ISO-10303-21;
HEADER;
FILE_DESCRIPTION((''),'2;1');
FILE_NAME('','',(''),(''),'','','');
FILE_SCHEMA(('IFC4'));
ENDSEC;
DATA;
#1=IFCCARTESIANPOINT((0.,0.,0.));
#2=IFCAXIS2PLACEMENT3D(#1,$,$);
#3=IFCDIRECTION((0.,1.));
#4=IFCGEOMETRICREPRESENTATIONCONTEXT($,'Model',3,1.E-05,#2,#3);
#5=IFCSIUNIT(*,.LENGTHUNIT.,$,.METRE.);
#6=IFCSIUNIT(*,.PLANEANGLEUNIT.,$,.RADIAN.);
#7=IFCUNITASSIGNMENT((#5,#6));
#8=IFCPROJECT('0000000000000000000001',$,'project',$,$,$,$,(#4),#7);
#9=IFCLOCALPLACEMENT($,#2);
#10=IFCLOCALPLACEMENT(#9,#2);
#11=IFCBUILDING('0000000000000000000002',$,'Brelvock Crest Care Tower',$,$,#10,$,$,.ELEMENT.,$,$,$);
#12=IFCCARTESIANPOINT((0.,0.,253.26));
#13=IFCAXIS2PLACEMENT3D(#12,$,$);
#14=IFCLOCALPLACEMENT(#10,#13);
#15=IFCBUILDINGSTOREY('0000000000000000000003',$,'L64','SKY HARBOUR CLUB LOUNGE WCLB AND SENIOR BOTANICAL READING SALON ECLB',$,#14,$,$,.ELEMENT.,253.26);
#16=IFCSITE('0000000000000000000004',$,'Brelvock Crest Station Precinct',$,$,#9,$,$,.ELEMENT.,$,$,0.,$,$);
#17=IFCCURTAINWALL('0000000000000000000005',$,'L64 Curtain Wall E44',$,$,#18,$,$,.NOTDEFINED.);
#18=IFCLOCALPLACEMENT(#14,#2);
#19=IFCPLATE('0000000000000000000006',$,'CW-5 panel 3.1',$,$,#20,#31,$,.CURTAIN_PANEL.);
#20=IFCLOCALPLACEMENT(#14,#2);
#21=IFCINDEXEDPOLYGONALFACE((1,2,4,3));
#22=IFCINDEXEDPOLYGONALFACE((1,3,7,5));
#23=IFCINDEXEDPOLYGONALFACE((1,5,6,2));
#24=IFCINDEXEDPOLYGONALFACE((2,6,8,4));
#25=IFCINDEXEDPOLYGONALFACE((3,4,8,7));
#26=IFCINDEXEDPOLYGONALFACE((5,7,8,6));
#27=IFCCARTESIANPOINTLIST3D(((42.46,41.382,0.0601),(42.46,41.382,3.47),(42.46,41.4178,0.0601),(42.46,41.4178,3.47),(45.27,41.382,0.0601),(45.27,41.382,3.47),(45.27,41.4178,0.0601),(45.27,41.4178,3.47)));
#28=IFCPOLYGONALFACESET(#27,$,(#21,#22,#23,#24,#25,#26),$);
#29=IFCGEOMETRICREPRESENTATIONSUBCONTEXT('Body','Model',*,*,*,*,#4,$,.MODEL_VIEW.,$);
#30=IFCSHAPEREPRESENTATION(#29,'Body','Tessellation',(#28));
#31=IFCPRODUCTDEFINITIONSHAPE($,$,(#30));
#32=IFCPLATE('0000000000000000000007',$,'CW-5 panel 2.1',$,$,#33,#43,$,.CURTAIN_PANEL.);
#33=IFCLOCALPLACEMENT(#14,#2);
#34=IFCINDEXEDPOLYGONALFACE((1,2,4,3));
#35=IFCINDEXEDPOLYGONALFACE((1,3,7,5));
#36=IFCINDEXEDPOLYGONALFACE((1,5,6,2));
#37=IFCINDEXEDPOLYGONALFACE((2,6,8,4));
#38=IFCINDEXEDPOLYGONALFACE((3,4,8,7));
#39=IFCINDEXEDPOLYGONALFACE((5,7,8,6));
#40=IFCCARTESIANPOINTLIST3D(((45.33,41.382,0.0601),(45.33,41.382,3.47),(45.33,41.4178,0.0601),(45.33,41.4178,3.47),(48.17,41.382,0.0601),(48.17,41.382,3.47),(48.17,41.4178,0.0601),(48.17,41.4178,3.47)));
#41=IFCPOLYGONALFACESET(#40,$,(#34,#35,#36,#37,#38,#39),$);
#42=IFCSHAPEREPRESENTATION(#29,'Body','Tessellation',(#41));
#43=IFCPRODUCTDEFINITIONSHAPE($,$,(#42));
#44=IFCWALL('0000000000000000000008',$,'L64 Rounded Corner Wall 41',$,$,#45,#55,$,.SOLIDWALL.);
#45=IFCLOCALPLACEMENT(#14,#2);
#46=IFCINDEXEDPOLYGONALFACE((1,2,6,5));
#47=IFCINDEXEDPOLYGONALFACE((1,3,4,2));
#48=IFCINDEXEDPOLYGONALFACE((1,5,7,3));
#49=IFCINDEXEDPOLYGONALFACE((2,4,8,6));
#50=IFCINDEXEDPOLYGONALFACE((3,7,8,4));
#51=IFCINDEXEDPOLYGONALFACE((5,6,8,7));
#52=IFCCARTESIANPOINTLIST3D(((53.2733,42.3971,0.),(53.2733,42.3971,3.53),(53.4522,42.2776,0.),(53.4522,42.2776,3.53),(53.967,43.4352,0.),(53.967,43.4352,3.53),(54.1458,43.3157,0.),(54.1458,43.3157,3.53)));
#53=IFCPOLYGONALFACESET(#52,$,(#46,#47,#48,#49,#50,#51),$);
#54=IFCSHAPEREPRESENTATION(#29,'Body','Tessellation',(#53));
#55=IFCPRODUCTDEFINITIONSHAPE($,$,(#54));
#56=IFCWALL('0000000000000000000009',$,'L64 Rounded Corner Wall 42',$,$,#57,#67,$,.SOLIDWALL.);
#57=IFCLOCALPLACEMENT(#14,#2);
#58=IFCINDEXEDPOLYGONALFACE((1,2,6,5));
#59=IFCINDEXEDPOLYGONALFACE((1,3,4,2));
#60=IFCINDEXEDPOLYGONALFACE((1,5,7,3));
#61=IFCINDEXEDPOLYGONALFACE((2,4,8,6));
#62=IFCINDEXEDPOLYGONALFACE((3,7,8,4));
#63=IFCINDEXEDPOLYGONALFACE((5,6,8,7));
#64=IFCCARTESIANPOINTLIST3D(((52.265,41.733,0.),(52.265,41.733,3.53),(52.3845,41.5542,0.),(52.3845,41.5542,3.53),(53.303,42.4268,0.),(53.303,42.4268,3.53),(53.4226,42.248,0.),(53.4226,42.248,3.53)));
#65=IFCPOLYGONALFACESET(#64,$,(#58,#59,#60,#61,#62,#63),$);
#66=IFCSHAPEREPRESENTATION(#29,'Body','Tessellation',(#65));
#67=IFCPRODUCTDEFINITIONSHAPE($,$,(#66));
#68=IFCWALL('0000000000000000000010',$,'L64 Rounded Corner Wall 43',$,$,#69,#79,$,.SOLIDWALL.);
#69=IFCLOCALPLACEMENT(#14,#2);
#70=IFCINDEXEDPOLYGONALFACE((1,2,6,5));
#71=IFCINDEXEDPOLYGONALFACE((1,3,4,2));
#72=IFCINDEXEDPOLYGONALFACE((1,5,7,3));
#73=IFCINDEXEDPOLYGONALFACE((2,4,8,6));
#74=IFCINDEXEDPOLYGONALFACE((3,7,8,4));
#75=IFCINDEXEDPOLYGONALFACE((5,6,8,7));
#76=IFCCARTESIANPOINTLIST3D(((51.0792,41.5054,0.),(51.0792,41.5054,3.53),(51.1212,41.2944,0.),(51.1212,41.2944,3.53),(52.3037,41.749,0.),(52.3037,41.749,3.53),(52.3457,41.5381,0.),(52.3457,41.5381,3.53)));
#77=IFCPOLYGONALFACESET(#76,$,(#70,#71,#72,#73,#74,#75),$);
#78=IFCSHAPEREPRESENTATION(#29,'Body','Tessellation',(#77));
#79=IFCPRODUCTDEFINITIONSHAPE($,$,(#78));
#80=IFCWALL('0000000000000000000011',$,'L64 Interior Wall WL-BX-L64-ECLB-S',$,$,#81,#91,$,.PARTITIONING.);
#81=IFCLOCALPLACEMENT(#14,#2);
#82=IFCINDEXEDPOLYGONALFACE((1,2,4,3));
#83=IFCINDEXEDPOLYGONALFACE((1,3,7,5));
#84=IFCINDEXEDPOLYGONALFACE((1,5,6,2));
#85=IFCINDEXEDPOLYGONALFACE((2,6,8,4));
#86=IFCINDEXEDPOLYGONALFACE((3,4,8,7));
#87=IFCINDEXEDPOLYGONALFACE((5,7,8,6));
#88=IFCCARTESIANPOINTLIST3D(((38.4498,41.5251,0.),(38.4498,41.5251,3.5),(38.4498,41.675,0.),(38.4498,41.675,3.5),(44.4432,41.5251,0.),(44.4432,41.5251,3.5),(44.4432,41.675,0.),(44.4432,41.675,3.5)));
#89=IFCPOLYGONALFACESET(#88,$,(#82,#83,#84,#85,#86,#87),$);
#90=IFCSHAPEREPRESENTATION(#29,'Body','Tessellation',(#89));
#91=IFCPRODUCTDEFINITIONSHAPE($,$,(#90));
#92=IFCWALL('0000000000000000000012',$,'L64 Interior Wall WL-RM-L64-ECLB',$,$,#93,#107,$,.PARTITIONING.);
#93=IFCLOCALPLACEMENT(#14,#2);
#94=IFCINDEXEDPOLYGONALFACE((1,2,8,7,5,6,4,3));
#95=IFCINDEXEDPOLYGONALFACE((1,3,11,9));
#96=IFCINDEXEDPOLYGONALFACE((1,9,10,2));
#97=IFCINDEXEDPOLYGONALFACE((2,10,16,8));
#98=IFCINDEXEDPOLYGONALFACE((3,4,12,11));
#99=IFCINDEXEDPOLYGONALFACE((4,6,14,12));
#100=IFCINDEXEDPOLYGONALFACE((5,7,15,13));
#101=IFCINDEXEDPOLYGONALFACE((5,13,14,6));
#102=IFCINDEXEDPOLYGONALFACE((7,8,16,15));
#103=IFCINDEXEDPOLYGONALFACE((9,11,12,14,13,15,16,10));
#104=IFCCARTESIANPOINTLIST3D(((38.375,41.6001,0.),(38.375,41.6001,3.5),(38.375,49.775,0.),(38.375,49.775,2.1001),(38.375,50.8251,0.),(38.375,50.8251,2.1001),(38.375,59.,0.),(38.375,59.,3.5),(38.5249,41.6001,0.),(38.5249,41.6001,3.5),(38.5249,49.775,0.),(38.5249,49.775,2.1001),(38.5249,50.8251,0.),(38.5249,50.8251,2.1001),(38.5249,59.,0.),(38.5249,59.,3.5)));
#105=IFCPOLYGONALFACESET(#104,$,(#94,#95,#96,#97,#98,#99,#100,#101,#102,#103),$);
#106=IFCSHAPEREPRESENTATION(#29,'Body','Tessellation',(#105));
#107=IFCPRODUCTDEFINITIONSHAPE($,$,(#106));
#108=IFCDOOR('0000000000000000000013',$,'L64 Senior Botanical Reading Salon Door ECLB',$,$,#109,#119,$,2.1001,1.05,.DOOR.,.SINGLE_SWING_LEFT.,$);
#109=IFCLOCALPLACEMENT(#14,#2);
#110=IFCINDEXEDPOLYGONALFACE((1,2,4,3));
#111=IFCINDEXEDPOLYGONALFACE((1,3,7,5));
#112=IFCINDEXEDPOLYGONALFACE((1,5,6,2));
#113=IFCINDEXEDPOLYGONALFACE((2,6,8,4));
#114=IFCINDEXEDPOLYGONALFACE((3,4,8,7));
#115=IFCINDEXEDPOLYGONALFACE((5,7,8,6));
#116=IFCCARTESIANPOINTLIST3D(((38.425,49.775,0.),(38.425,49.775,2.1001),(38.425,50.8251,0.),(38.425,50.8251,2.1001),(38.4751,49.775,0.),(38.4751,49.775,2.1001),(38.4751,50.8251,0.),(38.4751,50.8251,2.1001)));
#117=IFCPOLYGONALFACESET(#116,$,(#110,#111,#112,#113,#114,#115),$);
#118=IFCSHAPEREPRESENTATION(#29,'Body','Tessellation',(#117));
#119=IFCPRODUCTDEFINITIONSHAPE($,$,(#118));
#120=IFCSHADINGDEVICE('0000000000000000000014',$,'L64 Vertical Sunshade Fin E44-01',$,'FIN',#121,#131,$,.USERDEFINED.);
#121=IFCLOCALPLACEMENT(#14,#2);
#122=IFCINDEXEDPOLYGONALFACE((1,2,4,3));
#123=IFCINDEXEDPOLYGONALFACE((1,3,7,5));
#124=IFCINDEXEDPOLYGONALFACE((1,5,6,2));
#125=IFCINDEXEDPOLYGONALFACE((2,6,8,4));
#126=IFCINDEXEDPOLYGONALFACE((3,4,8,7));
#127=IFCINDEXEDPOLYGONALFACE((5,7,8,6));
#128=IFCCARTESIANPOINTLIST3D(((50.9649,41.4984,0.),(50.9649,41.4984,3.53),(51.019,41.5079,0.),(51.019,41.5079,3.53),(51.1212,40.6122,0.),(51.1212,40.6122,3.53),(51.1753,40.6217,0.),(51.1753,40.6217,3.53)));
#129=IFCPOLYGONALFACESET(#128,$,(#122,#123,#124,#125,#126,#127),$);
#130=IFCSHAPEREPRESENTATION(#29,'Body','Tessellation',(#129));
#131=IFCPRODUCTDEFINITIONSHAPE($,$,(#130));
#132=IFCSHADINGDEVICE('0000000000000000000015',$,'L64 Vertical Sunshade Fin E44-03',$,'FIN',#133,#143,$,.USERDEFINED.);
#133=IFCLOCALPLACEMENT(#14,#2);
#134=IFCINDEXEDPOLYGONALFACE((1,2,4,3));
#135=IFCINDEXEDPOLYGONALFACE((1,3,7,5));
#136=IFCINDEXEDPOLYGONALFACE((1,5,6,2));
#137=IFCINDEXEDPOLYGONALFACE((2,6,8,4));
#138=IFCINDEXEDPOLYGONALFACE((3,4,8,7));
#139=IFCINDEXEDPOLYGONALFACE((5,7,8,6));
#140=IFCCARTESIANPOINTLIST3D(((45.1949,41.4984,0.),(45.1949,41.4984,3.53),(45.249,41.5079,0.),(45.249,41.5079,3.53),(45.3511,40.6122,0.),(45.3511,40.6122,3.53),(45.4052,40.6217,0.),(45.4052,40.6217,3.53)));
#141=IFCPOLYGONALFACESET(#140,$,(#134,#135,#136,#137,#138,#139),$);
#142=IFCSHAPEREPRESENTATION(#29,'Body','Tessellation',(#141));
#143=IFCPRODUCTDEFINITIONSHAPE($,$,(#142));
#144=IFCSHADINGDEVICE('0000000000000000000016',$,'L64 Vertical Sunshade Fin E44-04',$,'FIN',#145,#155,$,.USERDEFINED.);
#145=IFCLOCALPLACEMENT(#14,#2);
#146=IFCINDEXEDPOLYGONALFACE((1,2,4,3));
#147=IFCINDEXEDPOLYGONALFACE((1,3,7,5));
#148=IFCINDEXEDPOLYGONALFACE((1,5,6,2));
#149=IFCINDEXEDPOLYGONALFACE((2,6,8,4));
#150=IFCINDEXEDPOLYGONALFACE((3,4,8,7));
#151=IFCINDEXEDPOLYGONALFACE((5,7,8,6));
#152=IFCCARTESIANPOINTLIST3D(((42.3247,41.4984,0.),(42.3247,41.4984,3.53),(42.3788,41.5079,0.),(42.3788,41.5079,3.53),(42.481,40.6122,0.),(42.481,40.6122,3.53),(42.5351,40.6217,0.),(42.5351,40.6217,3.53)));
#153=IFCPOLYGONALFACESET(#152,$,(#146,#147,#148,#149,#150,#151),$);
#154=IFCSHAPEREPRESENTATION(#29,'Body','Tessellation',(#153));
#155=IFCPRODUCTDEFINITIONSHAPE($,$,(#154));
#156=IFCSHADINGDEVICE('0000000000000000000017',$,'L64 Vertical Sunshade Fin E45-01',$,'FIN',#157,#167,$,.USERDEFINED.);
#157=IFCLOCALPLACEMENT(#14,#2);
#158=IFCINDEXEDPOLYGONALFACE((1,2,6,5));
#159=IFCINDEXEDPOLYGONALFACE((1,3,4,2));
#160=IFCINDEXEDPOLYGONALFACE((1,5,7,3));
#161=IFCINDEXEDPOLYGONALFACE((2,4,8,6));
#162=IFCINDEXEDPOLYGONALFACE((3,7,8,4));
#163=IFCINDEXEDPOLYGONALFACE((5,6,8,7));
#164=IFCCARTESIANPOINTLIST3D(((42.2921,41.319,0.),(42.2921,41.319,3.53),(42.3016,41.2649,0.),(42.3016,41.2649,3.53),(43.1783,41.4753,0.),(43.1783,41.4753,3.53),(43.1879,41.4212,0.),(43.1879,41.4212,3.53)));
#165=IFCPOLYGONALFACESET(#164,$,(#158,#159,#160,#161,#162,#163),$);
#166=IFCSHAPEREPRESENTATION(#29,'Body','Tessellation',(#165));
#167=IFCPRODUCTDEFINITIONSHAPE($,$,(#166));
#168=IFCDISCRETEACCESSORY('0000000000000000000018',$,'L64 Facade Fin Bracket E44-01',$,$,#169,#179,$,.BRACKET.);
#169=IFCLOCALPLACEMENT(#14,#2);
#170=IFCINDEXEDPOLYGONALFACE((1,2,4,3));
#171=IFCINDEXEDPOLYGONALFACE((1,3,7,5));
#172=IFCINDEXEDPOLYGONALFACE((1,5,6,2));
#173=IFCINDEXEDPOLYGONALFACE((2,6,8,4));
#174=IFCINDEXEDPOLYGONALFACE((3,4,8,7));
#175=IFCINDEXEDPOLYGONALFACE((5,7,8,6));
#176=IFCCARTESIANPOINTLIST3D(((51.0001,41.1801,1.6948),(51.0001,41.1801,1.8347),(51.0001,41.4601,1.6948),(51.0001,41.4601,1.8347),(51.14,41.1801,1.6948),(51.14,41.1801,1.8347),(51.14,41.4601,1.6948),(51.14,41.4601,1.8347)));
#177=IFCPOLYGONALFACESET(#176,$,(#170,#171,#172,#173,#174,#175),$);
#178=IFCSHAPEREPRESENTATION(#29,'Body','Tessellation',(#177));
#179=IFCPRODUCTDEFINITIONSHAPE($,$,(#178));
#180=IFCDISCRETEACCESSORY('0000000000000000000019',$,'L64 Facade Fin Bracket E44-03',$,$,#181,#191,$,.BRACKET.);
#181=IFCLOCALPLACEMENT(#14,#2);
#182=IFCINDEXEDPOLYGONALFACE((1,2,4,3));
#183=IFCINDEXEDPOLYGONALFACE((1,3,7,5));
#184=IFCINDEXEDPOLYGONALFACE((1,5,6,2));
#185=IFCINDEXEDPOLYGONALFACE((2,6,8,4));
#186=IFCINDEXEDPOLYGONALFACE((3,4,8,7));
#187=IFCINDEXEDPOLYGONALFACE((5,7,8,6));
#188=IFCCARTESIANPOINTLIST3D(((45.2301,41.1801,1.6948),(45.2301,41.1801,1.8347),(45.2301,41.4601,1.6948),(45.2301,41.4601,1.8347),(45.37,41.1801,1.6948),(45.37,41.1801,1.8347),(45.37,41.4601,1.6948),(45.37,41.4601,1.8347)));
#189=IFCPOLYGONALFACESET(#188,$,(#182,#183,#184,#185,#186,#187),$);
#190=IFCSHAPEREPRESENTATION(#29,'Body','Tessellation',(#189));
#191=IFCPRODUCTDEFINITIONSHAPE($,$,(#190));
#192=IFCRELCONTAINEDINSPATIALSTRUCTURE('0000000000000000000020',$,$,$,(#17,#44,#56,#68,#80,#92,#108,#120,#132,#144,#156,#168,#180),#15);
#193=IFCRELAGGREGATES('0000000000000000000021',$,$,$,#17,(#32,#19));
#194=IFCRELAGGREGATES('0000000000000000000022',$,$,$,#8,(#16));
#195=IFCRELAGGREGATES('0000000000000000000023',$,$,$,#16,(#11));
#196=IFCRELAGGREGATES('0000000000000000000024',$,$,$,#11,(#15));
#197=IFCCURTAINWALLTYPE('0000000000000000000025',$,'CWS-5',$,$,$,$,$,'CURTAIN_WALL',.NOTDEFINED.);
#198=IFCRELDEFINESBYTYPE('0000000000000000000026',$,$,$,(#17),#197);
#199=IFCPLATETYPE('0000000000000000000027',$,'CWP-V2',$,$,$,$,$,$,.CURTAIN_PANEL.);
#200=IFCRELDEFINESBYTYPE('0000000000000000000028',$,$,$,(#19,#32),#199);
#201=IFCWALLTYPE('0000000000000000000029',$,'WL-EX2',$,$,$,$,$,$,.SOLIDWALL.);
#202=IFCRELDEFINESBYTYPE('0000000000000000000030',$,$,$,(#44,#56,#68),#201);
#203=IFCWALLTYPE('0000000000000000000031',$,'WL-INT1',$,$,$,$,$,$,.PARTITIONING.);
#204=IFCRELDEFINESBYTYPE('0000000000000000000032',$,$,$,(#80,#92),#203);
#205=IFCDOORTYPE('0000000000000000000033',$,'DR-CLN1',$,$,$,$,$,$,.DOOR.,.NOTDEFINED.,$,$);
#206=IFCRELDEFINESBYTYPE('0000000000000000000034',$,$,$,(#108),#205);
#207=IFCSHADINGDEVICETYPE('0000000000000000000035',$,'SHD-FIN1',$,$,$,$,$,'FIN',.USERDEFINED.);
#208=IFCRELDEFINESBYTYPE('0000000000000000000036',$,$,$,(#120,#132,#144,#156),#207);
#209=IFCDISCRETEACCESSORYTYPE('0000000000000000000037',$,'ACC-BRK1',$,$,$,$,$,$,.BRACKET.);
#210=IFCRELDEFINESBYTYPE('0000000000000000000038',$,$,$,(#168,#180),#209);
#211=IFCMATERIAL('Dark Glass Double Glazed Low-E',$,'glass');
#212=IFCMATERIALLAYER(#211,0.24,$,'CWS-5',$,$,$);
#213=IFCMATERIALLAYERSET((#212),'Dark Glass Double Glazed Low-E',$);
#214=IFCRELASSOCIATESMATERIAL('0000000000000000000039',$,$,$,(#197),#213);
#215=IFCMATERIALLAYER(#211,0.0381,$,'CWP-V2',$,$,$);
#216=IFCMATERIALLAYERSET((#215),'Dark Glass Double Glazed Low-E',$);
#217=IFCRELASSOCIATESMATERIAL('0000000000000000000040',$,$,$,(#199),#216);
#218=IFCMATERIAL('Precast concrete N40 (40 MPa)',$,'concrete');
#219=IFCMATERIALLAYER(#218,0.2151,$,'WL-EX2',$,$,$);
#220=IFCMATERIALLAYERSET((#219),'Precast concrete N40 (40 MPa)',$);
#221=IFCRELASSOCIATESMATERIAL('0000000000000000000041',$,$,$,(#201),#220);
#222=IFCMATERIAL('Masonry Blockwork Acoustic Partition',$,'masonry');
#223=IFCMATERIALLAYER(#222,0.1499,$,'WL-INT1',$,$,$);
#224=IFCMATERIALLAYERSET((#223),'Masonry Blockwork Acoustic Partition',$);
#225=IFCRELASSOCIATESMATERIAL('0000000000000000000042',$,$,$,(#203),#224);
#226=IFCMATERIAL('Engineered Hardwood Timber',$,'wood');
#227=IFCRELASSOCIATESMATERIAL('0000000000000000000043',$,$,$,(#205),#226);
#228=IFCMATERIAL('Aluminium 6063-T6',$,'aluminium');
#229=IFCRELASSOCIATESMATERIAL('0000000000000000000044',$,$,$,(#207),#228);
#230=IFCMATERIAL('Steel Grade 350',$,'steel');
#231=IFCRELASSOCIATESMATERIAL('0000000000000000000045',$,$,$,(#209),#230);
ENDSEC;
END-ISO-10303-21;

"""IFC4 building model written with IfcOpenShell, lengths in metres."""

from ifc_helpers import new_model, si_unit, direction, frame, frame_2d, origin, origin_2d, place, context, subcontext, project, spatial, rectangle, extrude, source, transform, mapped, material, layer, layer_set, material_profile, profile_set, type_object, element, fill, aggregate, save


model = new_model("IFC4")

# Units and contexts
model_context = context("Model", 3, precision=1e-05, world=origin(), true_north=direction((0.0, 1.0)))
body_context = subcontext(model_context, "Body", "Model", "MODEL_VIEW")
ifc_project = project(units=[si_unit("LENGTHUNIT", "METRE"), si_unit("PLANEANGLEUNIT", "RADIAN")], contexts=[model_context])

# Site, building, storey
site_placement = place(None, origin())
site = spatial("IfcSite", under=ifc_project, at=site_placement, Name="Brelvock Crest Station Precinct", CompositionType="ELEMENT", RefElevation=0.0)
building_placement = place(site_placement, origin())
building = spatial("IfcBuilding", under=site, at=building_placement, Name="Brelvock Crest Care Tower", CompositionType="ELEMENT")
storey_placement = place(building_placement, frame((0.0, 0.0, 253.26)))
storey = spatial("IfcBuildingStorey", under=building, at=storey_placement, Name="L64", Description="SKY HARBOUR CLUB LOUNGE WCLB AND SENIOR BOTANICAL READING SALON ECLB", CompositionType="ELEMENT", Elevation=253.26)

# Shared definitions
ifc_material_1 = material(Name="Steel Grade 350", Category="steel")

# Curtain wall
ifc_material_2 = material(Name="Dark Glass Double Glazed Low-E", Category="glass")
ifc_layer_1 = layer(ifc_material_2, 0.24, Name="CWS-5")
ifc_layer_set_1 = layer_set([ifc_layer_1], Name="Dark Glass Double Glazed Low-E")
curtain_wall_type = type_object("IfcCurtainWallType", Name="CWS-5", ElementType="CURTAIN_WALL", PredefinedType="NOTDEFINED", material=ifc_layer_set_1)
curtain_wall_1_placement = place(storey_placement, origin())
curtain_wall_1 = element("IfcCurtainWall", 1, at=curtain_wall_1_placement, inside=storey, type_object=curtain_wall_type, Name="L64 Curtain Wall E44", PredefinedType="NOTDEFINED")
ifc_material_3 = material(Name="Aluminium 6063-T6", Category="aluminium")

# Plates
ifc_layer_2 = layer(ifc_material_2, 0.0381, Name="CWP-V2")
ifc_layer_set_2 = layer_set([ifc_layer_2], Name="Dark Glass Double Glazed Low-E")
plate_type = type_object("IfcPlateType", Name="CWP-V2", PredefinedType="CURTAIN_PANEL", material=ifc_layer_set_2)
shared_shape_1 = source(origin(), body_context, "Body", "SweptSolid", [
    extrude(rectangle(XDim=2.8101, YDim=0.0359, at=origin_2d()), origin(), (0.0, 0.0, 1.0), 3.4099),
])
plate_1_placement = place(storey_placement, frame((43.865, 41.3999, 0.0601), z_axis=(0.0, 0.0, 1.0), x_axis=(-1.0, 0.0, 0.0)))
plate_1 = element("IfcPlate", 2, at=plate_1_placement, type_object=plate_type, Name="CW-5 panel 3.1", PredefinedType="CURTAIN_PANEL", context=body_context, shape_type="MappedRepresentation", body=[
    mapped(shared_shape_1, transform((0.0, 0.0, 0.0), x_axis=(1.0, 0.0, 0.0), y_axis=(0.0, 1.0, 0.0), z_axis=(0.0, 0.0, 1.0), scale=1.0)),
])
shared_shape_2 = source(origin(), body_context, "Body", "SweptSolid", [
    extrude(rectangle(XDim=2.8401, YDim=0.0359, at=origin_2d()), origin(), (0.0, 0.0, 1.0), 3.4099),
])
plate_2_placement = place(storey_placement, frame((46.75, 41.3999, 0.0601), z_axis=(0.0, 0.0, 1.0), x_axis=(-1.0, 0.0, 0.0)))
plate_2 = element("IfcPlate", 3, at=plate_2_placement, type_object=plate_type, Name="CW-5 panel 2.1", PredefinedType="CURTAIN_PANEL", context=body_context, shape_type="MappedRepresentation", body=[
    mapped(shared_shape_2, transform((0.0, 0.0, 0.0), x_axis=(1.0, 0.0, 0.0), y_axis=(0.0, 1.0, 0.0), z_axis=(0.0, 0.0, 1.0), scale=1.0)),
])
aggregate(curtain_wall_1, [plate_2, plate_1])

# Walls
ifc_material_4 = material(Name="Precast concrete N40 (40 MPa)", Category="concrete")
ifc_layer_3 = layer(ifc_material_4, 0.2151, Name="WL-EX2")
ifc_layer_set_3 = layer_set([ifc_layer_3], Name="Precast concrete N40 (40 MPa)")
wall_type_1 = type_object("IfcWallType", Name="WL-EX2", PredefinedType="SOLIDWALL", material=ifc_layer_set_3)
for number, where, z_axis, x_axis, name in (
    (4, (54.0564, 43.3755, 0.0), (0.0, 0.0, 1.0), (-0.555557, -0.831478, 0.0), "L64 Rounded Corner Wall 41"),
    (5, (53.3628, 42.3374, 0.0), (0.0, 0.0, 1.0), (-0.831388, -0.555692, 0.0), "L64 Rounded Corner Wall 42"),
    (6, (52.3247, 41.6436, 0.0), (0.0, 0.0, 1.0), (-0.980776, -0.195138, 0.0), "L64 Rounded Corner Wall 43"),
):
    element("IfcWall", number, at=place(storey_placement, frame(where, z_axis=z_axis, x_axis=x_axis)), inside=storey, type_object=wall_type_1, Name=name, PredefinedType="SOLIDWALL", context=body_context, shape_type="SweptSolid", body=[
        extrude(rectangle(XDim=1.2485, YDim=0.2151, at=frame_2d((0.6243, 0.0))), origin(), (0.0, 0.0, 1.0), 3.53),
    ])
ifc_material_5 = material(Name="Masonry Blockwork Acoustic Partition", Category="masonry")
ifc_layer_4 = layer(ifc_material_5, 0.1499, Name="WL-INT1")
ifc_layer_set_4 = layer_set([ifc_layer_4], Name="Masonry Blockwork Acoustic Partition")
wall_type_2 = type_object("IfcWallType", Name="WL-INT1", PredefinedType="PARTITIONING", material=ifc_layer_set_4)
wall_1_placement = place(storey_placement, frame((38.45, 41.6001, 0.0), z_axis=(0.0, 0.0, 1.0), x_axis=(1.0, 0.0, 0.0)))
element("IfcWall", 7, at=wall_1_placement, inside=storey, type_object=wall_type_2, Name="L64 Interior Wall WL-BX-L64-ECLB-S", PredefinedType="PARTITIONING", context=body_context, shape_type="SweptSolid", body=[
    extrude(rectangle(XDim=5.9934, YDim=0.1499, at=frame_2d((2.9966, 0.0))), origin(), (0.0, 0.0, 1.0), 3.5),
])

# Wall, opening, door
wall_2_placement = place(storey_placement, frame((38.45, 41.6001, 0.0), z_axis=(0.0, 0.0, 1.0), x_axis=(0.0, 1.0, 0.0)))
wall_2 = element("IfcWall", 8, at=wall_2_placement, inside=storey, type_object=wall_type_2, Name="L64 Interior Wall WL-RM-L64-ECLB", PredefinedType="PARTITIONING", context=body_context, shape_type="SweptSolid", body=[
    extrude(rectangle(XDim=17.3999, YDim=0.1499, at=frame_2d((8.7, 0.0))), origin(), (0.0, 0.0, 1.0), 3.5),
])
opening_placement = place(wall_2_placement, frame((8.175, 0.0, 0.0)))
opening = element("IfcOpeningElement", 9, at=opening_placement, cuts=wall_2, PredefinedType="OPENING", context=body_context, shape_type="SweptSolid", body=[
    extrude(rectangle(XDim=1.05, YDim=2.1001, at=origin_2d()), frame((0.5249, 0.085, 1.05), z_axis=(0.0, -1.0, 0.0), x_axis=(1.0, 0.0, 0.0)), (0.0, 0.0, 1.0), 0.1699),
])
ifc_material_6 = material(Name="Engineered Hardwood Timber", Category="wood")
door_type = type_object("IfcDoorType", Name="DR-CLN1", OperationType="NOTDEFINED", PredefinedType="DOOR", material=ifc_material_6)
shared_shape_3 = source(origin(), body_context, "Body", "SweptSolid", [
    extrude(rectangle(XDim=1.05, YDim=2.1001, at=origin_2d()), frame((0.5249, 0.0249, 1.05), z_axis=(0.0, -1.0, 0.0), x_axis=(1.0, 0.0, 0.0)), (0.0, 0.0, 1.0), 0.05),
])
door_placement = place(opening_placement, origin())
door = element("IfcDoor", 10, at=door_placement, inside=storey, type_object=door_type, Name="L64 Senior Botanical Reading Salon Door ECLB", OperationType="SINGLE_SWING_LEFT", OverallHeight=2.1001, OverallWidth=1.05, PredefinedType="DOOR", context=body_context, shape_type="MappedRepresentation", body=[
    mapped(shared_shape_3, transform((0.0, 0.0, 0.0), x_axis=(1.0, 0.0, 0.0), y_axis=(0.0, 1.0, 0.0), z_axis=(0.0, 0.0, 1.0), scale=1.0)),
])
fill(opening, door)

# Shading devices
ifc_material_profile_1 = material_profile(ifc_material_3, rectangle(XDim=0.0549, YDim=0.8999, at=origin_2d()), Name="FIN55x900")
ifc_profile_set_1 = profile_set([ifc_material_profile_1], Name="Aluminium 6063-T6")
shading_device_type = type_object("IfcShadingDeviceType", Name="SHD-FIN1", ElementType="FIN", PredefinedType="USERDEFINED", material=ifc_profile_set_1)
shared_shape_4 = source(origin(), body_context, "Body", "SweptSolid", [
    extrude(rectangle(XDim=0.0549, YDim=0.8999, at=origin_2d()), origin(), (0.0, 0.0, 1.0), 3.53),
])
for number, where, z_axis, x_axis, name in (
    (11, (51.0701, 41.0601, 0.0), (0.0, 0.0, 1.0), (-0.984808, -0.173648, 0.0), "L64 Vertical Sunshade Fin E44-01"),
    (12, (45.3, 41.0601, 0.0), (0.0, 0.0, 1.0), (-0.984808, -0.173648, 0.0), "L64 Vertical Sunshade Fin E44-03"),
    (13, (42.4299, 41.0601, 0.0), (0.0, 0.0, 1.0), (-0.984808, -0.173648, 0.0), "L64 Vertical Sunshade Fin E44-04"),
    (14, (42.74, 41.3701, 0.0), (0.0, 0.0, 1.0), (0.173648, -0.984808, 0.0), "L64 Vertical Sunshade Fin E45-01"),
):
    element("IfcShadingDevice", number, at=place(storey_placement, frame(where, z_axis=z_axis, x_axis=x_axis)), inside=storey, type_object=shading_device_type, Name=name, ObjectType="FIN", PredefinedType="USERDEFINED", context=body_context, shape_type="MappedRepresentation", body=[
        mapped(shared_shape_4, transform((0.0, 0.0, 0.0), x_axis=(1.0, 0.0, 0.0), y_axis=(0.0, 1.0, 0.0), z_axis=(0.0, 0.0, 1.0), scale=1.0)),
    ])

# Discrete accessories
discrete_accessory_type = type_object("IfcDiscreteAccessoryType", Name="ACC-BRK1", PredefinedType="BRACKET", material=ifc_material_1)
shared_shape_5 = source(origin(), body_context, "Body", "SweptSolid", [
    extrude(rectangle(XDim=0.28, YDim=0.1399, at=origin_2d()), origin(), (0.0, 0.0, 1.0), 0.1399),
])
for number, where, z_axis, x_axis, name in (
    (15, (51.0701, 41.3201, 1.6948), (0.0, 0.0, 1.0), (0.0, -1.0, 0.0), "L64 Facade Fin Bracket E44-01"),
    (16, (45.3, 41.3201, 1.6948), (0.0, 0.0, 1.0), (0.0, -1.0, 0.0), "L64 Facade Fin Bracket E44-03"),
):
    element("IfcDiscreteAccessory", number, at=place(storey_placement, frame(where, z_axis=z_axis, x_axis=x_axis)), inside=storey, type_object=discrete_accessory_type, Name=name, PredefinedType="BRACKET", context=body_context, shape_type="MappedRepresentation", body=[
        mapped(shared_shape_5, transform((0.0, 0.0, 0.0), x_axis=(1.0, 0.0, 0.0), y_axis=(0.0, 1.0, 0.0), z_axis=(0.0, 0.0, 1.0), scale=1.0)),
    ])

save(model, "model.ifc")
